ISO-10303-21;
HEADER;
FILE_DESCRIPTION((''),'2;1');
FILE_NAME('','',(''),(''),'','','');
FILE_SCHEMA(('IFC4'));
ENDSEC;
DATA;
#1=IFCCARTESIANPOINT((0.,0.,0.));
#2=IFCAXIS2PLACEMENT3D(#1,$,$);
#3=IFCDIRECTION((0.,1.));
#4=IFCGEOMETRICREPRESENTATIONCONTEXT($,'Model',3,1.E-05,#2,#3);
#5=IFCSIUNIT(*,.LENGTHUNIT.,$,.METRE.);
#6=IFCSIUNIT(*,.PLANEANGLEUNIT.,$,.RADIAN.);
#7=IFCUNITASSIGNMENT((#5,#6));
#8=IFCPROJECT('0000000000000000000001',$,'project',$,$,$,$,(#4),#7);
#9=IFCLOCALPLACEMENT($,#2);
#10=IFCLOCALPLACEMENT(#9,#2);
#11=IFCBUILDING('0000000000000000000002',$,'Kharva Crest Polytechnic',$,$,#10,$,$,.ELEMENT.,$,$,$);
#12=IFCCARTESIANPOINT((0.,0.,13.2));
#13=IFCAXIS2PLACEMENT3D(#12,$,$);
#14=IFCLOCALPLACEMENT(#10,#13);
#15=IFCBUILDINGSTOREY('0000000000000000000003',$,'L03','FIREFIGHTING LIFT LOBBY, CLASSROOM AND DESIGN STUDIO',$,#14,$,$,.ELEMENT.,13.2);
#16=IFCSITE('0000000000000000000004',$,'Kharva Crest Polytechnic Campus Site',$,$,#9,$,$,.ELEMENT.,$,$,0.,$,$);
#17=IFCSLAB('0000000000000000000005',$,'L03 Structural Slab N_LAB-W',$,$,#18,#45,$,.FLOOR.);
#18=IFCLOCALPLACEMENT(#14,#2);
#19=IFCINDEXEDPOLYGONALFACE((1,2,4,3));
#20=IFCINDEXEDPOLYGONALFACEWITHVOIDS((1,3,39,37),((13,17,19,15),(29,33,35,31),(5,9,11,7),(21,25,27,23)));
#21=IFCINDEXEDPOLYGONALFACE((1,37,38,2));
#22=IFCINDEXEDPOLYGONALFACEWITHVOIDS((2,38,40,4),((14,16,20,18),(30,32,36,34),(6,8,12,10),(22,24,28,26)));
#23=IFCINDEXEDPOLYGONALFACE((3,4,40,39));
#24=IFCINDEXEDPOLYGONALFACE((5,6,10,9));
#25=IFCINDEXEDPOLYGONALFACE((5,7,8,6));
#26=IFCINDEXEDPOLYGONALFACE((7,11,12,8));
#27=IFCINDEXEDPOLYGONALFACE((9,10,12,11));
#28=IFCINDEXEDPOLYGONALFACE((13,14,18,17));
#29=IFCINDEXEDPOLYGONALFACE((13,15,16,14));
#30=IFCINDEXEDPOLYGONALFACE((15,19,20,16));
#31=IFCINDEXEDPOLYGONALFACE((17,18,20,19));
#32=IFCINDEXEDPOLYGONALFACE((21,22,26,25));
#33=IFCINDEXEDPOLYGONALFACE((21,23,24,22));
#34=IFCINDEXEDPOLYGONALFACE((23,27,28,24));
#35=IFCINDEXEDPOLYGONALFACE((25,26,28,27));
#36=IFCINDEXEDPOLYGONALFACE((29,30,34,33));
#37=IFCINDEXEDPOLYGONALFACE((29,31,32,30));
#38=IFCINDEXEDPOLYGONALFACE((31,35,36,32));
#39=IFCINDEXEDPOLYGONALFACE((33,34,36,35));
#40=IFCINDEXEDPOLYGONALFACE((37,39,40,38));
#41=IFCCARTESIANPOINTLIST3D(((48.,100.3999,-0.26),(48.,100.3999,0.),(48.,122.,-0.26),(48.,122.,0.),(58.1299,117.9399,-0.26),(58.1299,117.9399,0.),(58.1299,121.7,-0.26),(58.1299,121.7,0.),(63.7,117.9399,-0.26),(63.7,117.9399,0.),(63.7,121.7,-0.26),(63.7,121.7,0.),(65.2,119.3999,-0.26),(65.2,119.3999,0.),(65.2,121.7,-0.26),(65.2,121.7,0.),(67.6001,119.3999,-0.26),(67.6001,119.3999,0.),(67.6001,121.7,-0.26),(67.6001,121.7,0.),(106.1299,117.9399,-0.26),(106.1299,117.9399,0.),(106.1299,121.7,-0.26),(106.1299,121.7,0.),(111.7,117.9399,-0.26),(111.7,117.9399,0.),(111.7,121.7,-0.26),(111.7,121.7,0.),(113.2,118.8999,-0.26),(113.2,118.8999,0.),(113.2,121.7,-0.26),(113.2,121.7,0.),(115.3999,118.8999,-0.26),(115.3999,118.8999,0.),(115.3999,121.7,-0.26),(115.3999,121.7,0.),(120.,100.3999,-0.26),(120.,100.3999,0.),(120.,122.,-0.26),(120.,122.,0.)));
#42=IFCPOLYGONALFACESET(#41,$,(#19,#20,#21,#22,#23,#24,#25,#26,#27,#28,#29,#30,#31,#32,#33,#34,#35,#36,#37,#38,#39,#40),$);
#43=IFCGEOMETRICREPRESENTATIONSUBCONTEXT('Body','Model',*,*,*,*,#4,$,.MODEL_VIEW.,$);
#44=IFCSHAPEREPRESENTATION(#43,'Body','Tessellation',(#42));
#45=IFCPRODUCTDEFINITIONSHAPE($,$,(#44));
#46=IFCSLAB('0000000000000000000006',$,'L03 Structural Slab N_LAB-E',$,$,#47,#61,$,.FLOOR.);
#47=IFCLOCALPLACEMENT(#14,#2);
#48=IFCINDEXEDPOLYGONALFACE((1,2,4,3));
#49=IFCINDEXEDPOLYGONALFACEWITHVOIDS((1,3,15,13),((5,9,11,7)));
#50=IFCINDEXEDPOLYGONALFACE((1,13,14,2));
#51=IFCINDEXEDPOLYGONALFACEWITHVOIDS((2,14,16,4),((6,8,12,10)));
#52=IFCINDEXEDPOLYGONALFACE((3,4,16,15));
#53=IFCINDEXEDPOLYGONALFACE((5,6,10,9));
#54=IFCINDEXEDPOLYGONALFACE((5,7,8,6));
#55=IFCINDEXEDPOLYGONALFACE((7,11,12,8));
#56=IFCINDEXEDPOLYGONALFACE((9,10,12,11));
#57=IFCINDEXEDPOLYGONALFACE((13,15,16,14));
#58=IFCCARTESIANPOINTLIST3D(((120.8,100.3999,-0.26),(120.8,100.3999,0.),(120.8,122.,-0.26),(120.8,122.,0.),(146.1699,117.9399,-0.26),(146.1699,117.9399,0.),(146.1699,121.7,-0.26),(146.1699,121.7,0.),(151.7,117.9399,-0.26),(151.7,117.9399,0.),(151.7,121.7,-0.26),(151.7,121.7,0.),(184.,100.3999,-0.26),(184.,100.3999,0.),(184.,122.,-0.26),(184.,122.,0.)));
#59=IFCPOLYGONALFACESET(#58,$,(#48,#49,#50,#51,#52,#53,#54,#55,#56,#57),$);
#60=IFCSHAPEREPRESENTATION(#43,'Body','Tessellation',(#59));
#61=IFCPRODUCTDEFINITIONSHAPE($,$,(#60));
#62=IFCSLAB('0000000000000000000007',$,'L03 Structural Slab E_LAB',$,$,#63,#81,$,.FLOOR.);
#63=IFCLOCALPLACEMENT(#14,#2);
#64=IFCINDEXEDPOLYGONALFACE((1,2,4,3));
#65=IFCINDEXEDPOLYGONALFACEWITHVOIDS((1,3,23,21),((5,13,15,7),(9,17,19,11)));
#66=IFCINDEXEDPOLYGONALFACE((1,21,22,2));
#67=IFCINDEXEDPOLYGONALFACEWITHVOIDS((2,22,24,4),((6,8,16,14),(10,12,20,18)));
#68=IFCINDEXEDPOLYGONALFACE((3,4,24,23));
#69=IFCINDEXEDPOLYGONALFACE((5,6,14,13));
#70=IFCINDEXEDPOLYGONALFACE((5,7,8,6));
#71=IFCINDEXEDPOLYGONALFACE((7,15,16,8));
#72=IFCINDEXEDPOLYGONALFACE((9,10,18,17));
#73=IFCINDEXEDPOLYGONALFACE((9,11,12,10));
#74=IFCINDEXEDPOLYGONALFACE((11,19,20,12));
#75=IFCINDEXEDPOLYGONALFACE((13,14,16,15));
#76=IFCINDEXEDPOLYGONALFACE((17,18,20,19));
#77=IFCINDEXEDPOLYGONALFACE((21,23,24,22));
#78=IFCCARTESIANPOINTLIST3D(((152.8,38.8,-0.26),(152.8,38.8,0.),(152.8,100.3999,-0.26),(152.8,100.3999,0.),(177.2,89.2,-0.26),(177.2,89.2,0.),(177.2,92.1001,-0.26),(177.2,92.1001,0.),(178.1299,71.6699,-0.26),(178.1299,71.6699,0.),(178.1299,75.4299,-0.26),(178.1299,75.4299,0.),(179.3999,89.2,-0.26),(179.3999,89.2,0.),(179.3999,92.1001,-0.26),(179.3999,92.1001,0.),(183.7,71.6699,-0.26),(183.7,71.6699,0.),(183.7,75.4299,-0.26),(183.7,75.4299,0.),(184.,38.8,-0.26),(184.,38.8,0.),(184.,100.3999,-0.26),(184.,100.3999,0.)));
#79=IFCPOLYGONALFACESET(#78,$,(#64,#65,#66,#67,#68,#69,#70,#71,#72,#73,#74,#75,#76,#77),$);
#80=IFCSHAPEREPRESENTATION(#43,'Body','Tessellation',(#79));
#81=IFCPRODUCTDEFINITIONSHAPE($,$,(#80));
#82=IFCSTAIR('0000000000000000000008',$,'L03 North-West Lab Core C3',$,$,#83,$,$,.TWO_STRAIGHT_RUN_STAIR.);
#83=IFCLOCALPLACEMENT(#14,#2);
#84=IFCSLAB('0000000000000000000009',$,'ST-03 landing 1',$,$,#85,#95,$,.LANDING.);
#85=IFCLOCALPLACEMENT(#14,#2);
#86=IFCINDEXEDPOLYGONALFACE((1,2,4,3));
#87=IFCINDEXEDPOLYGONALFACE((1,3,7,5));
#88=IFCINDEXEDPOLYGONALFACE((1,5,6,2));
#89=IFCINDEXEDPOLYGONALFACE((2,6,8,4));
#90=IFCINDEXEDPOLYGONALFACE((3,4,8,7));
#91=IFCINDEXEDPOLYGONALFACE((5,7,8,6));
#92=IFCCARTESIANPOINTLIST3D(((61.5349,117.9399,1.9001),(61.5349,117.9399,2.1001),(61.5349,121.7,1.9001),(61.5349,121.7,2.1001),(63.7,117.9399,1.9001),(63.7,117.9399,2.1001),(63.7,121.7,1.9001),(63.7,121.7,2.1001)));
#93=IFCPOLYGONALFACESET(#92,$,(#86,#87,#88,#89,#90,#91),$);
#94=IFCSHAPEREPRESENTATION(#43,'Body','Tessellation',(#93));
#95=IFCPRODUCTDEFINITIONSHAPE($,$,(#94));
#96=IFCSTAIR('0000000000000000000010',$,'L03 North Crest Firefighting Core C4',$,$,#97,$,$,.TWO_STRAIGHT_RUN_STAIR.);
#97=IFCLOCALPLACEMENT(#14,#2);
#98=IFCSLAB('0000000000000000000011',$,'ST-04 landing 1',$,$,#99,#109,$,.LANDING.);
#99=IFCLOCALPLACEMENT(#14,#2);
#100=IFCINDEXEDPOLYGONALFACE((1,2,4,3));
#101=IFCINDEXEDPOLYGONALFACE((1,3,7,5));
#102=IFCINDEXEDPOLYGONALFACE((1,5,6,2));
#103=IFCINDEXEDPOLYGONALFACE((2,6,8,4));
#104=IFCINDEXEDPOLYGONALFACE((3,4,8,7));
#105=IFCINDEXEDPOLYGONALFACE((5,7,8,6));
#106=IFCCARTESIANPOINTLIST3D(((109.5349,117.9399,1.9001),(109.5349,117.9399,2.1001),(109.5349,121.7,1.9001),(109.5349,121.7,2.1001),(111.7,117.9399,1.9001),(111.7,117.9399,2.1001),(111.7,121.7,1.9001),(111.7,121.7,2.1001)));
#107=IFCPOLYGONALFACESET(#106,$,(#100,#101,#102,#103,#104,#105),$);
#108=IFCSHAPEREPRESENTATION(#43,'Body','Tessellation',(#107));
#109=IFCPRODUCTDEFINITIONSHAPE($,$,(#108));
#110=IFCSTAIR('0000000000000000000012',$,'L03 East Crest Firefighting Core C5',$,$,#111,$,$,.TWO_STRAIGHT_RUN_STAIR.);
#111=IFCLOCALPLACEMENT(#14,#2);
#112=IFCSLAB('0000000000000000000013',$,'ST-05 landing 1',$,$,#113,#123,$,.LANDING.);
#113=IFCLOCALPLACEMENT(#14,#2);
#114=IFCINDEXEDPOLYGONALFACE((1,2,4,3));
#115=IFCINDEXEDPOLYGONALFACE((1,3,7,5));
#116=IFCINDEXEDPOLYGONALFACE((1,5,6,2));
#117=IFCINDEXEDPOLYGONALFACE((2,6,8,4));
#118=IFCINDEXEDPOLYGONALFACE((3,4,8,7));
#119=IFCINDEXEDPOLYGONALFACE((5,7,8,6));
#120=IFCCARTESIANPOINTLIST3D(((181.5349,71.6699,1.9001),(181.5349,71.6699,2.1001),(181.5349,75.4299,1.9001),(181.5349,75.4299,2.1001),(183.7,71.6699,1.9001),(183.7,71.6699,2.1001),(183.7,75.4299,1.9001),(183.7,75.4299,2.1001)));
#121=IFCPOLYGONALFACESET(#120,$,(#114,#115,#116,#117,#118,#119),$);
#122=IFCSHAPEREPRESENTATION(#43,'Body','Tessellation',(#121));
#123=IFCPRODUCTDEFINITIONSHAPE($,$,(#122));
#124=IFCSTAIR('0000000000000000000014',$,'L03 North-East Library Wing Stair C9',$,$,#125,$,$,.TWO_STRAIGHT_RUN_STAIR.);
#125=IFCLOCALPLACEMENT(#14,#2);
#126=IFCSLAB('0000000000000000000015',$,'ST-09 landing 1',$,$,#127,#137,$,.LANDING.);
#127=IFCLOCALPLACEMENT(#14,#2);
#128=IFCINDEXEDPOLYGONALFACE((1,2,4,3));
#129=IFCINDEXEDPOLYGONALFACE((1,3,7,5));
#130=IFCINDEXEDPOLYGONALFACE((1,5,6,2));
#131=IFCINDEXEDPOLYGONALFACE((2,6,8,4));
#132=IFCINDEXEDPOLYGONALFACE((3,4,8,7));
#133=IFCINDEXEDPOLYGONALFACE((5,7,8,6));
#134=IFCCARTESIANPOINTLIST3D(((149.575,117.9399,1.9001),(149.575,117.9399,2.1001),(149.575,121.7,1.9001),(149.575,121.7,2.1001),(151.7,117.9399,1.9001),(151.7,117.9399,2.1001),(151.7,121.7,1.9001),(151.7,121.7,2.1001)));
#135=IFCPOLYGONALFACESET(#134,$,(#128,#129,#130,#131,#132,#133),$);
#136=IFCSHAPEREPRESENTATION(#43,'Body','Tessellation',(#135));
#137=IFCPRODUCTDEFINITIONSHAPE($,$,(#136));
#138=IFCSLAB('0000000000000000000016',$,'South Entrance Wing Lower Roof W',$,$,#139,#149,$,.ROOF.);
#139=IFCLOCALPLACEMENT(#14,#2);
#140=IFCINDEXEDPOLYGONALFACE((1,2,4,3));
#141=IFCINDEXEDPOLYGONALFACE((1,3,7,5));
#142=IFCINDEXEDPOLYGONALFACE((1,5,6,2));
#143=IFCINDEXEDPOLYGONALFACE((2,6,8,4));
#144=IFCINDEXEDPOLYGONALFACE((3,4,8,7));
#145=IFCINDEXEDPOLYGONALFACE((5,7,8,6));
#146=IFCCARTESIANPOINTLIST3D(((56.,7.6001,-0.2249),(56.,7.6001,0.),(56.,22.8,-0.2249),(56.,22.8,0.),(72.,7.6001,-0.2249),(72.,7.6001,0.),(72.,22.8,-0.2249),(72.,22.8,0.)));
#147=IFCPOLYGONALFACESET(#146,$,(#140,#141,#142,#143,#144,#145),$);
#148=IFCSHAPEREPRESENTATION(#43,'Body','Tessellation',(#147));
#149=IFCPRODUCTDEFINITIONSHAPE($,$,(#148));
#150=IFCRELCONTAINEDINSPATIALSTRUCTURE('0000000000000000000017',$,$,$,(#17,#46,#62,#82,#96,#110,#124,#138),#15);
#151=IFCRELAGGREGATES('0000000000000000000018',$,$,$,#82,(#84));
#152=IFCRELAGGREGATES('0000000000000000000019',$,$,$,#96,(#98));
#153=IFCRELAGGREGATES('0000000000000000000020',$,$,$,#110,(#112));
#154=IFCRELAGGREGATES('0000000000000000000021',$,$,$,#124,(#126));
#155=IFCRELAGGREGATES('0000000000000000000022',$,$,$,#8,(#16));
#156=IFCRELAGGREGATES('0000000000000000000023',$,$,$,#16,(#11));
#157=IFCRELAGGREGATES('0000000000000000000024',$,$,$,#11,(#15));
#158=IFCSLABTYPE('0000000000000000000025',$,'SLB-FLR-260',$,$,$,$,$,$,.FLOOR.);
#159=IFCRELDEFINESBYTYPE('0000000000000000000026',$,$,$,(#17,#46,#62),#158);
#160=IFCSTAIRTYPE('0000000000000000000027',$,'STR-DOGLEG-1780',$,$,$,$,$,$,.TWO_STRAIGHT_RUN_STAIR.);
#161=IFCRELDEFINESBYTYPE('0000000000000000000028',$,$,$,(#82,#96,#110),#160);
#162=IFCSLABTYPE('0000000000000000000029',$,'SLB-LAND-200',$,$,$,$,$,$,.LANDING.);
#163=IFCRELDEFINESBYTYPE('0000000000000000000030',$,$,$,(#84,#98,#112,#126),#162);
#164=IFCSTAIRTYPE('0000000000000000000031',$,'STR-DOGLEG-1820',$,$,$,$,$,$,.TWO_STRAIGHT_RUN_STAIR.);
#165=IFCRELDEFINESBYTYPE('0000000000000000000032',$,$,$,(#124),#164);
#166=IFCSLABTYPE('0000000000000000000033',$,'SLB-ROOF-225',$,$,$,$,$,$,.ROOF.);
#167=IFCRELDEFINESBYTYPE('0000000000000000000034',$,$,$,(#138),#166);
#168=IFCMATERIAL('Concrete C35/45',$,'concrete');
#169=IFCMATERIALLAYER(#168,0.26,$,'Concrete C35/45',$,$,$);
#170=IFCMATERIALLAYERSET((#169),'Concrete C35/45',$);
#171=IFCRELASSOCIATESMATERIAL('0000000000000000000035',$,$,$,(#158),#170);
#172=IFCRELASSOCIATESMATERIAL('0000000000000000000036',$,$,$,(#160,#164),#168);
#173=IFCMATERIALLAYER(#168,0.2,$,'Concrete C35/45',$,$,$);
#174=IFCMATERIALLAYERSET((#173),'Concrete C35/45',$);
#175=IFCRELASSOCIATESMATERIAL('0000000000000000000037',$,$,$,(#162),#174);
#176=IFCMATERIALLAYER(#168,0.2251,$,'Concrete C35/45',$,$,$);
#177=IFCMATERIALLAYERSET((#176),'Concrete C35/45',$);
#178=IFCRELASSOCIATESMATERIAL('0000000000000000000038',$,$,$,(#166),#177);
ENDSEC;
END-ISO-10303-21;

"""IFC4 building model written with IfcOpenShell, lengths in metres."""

from ifc_helpers import new_model, si_unit, direction, frame, origin, place, context, subcontext, project, spatial, polyline, outline, extrude, material, layer, layer_set, type_object, element, aggregate, save


model = new_model("IFC4")

# Units and contexts
model_context = context("Model", 3, precision=1e-05, world=origin(), true_north=direction((0.0, 1.0)))
body_context = subcontext(model_context, "Body", "Model", "MODEL_VIEW")
ifc_project = project(units=[si_unit("LENGTHUNIT", "METRE"), si_unit("PLANEANGLEUNIT", "RADIAN")], contexts=[model_context])

# Site, building, storey
site_placement = place(None, origin())
site = spatial("IfcSite", under=ifc_project, at=site_placement, Name="Kharva Crest Polytechnic Campus Site", CompositionType="ELEMENT", RefElevation=0.0)
building_placement = place(site_placement, origin())
building = spatial("IfcBuilding", under=site, at=building_placement, Name="Kharva Crest Polytechnic", CompositionType="ELEMENT")
storey_placement = place(building_placement, frame((0.0, 0.0, 13.2)))
storey = spatial("IfcBuildingStorey", under=building, at=storey_placement, Name="L03", Description="FIREFIGHTING LIFT LOBBY, CLASSROOM AND DESIGN STUDIO", CompositionType="ELEMENT", Elevation=13.2)

# Shared definitions
ifc_material_1 = material(Name="Concrete C35/45", Category="concrete")

# Slabs
ifc_layer_1 = layer(ifc_material_1, 0.26, Name="Concrete C35/45")
ifc_layer_set_1 = layer_set([ifc_layer_1], Name="Concrete C35/45")
slab_type_1 = type_object("IfcSlabType", Name="SLB-FLR-260", PredefinedType="FLOOR", material=ifc_layer_set_1)
slab_1_placement = place(storey_placement, frame((0.0, 0.0, -0.26)))
element("IfcSlab", 1, at=slab_1_placement, inside=storey, type_object=slab_type_1, Name="L03 Structural Slab N_LAB-W", PredefinedType="FLOOR", context=body_context, shape_type="SweptSolid", body=[
    extrude(outline(polyline([(48.0, 100.3999), (120.0, 100.3999), (120.0, 122.0), (48.0, 122.0), (48.0, 100.3999)]), holes=[polyline([(58.1299, 117.9399), (63.7, 117.9399), (63.7, 121.7), (58.1299, 121.7), (58.1299, 117.9399)]), polyline([(65.2, 119.3999), (67.6001, 119.3999), (67.6001, 121.7), (65.2, 121.7), (65.2, 119.3999)]), polyline([(106.1299, 117.9399), (111.7, 117.9399), (111.7, 121.7), (106.1299, 121.7), (106.1299, 117.9399)]), polyline([(113.2, 118.8999), (115.3999, 118.8999), (115.3999, 121.7), (113.2, 121.7), (113.2, 118.8999)])]), origin(), (0.0, 0.0, 1.0), 0.26),
])
slab_2_placement = place(storey_placement, frame((0.0, 0.0, -0.26)))
element("IfcSlab", 2, at=slab_2_placement, inside=storey, type_object=slab_type_1, Name="L03 Structural Slab N_LAB-E", PredefinedType="FLOOR", context=body_context, shape_type="SweptSolid", body=[
    extrude(outline(polyline([(120.8, 100.3999), (184.0, 100.3999), (184.0, 122.0), (120.8, 122.0), (120.8, 100.3999)]), holes=[polyline([(146.1699, 117.9399), (151.7, 117.9399), (151.7, 121.7), (146.1699, 121.7), (146.1699, 117.9399)])]), origin(), (0.0, 0.0, 1.0), 0.26),
])
slab_3_placement = place(storey_placement, frame((0.0, 0.0, -0.26)))
element("IfcSlab", 3, at=slab_3_placement, inside=storey, type_object=slab_type_1, Name="L03 Structural Slab E_LAB", PredefinedType="FLOOR", context=body_context, shape_type="SweptSolid", body=[
    extrude(outline(polyline([(152.8, 38.8), (184.0, 38.8), (184.0, 100.3999), (152.8, 100.3999), (152.8, 38.8)]), holes=[polyline([(178.1299, 71.6699), (183.7, 71.6699), (183.7, 75.4299), (178.1299, 75.4299), (178.1299, 71.6699)]), polyline([(177.2, 89.2), (179.3999, 89.2), (179.3999, 92.1001), (177.2, 92.1001), (177.2, 89.2)])]), origin(), (0.0, 0.0, 1.0), 0.26),
])

# Stairs, slabs
stair_type_1 = type_object("IfcStairType", Name="STR-DOGLEG-1780", PredefinedType="TWO_STRAIGHT_RUN_STAIR", material=ifc_material_1)
stair_1_placement = place(storey_placement, origin())
stair_1 = element("IfcStair", 4, at=stair_1_placement, inside=storey, type_object=stair_type_1, Name="L03 North-West Lab Core C3", PredefinedType="TWO_STRAIGHT_RUN_STAIR")
ifc_layer_2 = layer(ifc_material_1, 0.2, Name="Concrete C35/45")
ifc_layer_set_2 = layer_set([ifc_layer_2], Name="Concrete C35/45")
slab_type_2 = type_object("IfcSlabType", Name="SLB-LAND-200", PredefinedType="LANDING", material=ifc_layer_set_2)
slab_4_placement = place(storey_placement, frame((0.0, 0.0, 1.9001)))
slab_4 = element("IfcSlab", 5, at=slab_4_placement, type_object=slab_type_2, Name="ST-03 landing 1", PredefinedType="LANDING", context=body_context, shape_type="SweptSolid", body=[
    extrude(outline(polyline([(61.5349, 117.9399), (63.7, 117.9399), (63.7, 121.7), (61.5349, 121.7), (61.5349, 117.9399)])), origin(), (0.0, 0.0, 1.0), 0.2),
])
aggregate(stair_1, [slab_4])
stair_2_placement = place(storey_placement, origin())
stair_2 = element("IfcStair", 6, at=stair_2_placement, inside=storey, type_object=stair_type_1, Name="L03 North Crest Firefighting Core C4", PredefinedType="TWO_STRAIGHT_RUN_STAIR")
slab_5_placement = place(storey_placement, frame((0.0, 0.0, 1.9001)))
slab_5 = element("IfcSlab", 7, at=slab_5_placement, type_object=slab_type_2, Name="ST-04 landing 1", PredefinedType="LANDING", context=body_context, shape_type="SweptSolid", body=[
    extrude(outline(polyline([(109.5349, 117.9399), (111.7, 117.9399), (111.7, 121.7), (109.5349, 121.7), (109.5349, 117.9399)])), origin(), (0.0, 0.0, 1.0), 0.2),
])
aggregate(stair_2, [slab_5])
stair_3_placement = place(storey_placement, origin())
stair_3 = element("IfcStair", 8, at=stair_3_placement, inside=storey, type_object=stair_type_1, Name="L03 East Crest Firefighting Core C5", PredefinedType="TWO_STRAIGHT_RUN_STAIR")
slab_6_placement = place(storey_placement, frame((0.0, 0.0, 1.9001)))
slab_6 = element("IfcSlab", 9, at=slab_6_placement, type_object=slab_type_2, Name="ST-05 landing 1", PredefinedType="LANDING", context=body_context, shape_type="SweptSolid", body=[
    extrude(outline(polyline([(181.5349, 71.6699), (183.7, 71.6699), (183.7, 75.4299), (181.5349, 75.4299), (181.5349, 71.6699)])), origin(), (0.0, 0.0, 1.0), 0.2),
])
aggregate(stair_3, [slab_6])
stair_type_2 = type_object("IfcStairType", Name="STR-DOGLEG-1820", PredefinedType="TWO_STRAIGHT_RUN_STAIR", material=ifc_material_1)
stair_4_placement = place(storey_placement, origin())
stair_4 = element("IfcStair", 10, at=stair_4_placement, inside=storey, type_object=stair_type_2, Name="L03 North-East Library Wing Stair C9", PredefinedType="TWO_STRAIGHT_RUN_STAIR")
slab_7_placement = place(storey_placement, frame((0.0, 0.0, 1.9001)))
slab_7 = element("IfcSlab", 11, at=slab_7_placement, type_object=slab_type_2, Name="ST-09 landing 1", PredefinedType="LANDING", context=body_context, shape_type="SweptSolid", body=[
    extrude(outline(polyline([(149.575, 117.9399), (151.7, 117.9399), (151.7, 121.7), (149.575, 121.7), (149.575, 117.9399)])), origin(), (0.0, 0.0, 1.0), 0.2),
])
aggregate(stair_4, [slab_7])

# Slab
ifc_layer_3 = layer(ifc_material_1, 0.2251, Name="Concrete C35/45")
ifc_layer_set_3 = layer_set([ifc_layer_3], Name="Concrete C35/45")
slab_type_3 = type_object("IfcSlabType", Name="SLB-ROOF-225", PredefinedType="ROOF", material=ifc_layer_set_3)
slab_8_placement = place(storey_placement, frame((0.0, 0.0, -0.2249)))
element("IfcSlab", 12, at=slab_8_placement, inside=storey, type_object=slab_type_3, Name="South Entrance Wing Lower Roof W", PredefinedType="ROOF", context=body_context, shape_type="SweptSolid", body=[
    extrude(outline(polyline([(56.0, 7.6001), (72.0, 7.6001), (72.0, 22.8), (56.0, 22.8), (56.0, 7.6001)])), origin(), (0.0, 0.0, 1.0), 0.2249),
])

save(model, "model.ifc")
